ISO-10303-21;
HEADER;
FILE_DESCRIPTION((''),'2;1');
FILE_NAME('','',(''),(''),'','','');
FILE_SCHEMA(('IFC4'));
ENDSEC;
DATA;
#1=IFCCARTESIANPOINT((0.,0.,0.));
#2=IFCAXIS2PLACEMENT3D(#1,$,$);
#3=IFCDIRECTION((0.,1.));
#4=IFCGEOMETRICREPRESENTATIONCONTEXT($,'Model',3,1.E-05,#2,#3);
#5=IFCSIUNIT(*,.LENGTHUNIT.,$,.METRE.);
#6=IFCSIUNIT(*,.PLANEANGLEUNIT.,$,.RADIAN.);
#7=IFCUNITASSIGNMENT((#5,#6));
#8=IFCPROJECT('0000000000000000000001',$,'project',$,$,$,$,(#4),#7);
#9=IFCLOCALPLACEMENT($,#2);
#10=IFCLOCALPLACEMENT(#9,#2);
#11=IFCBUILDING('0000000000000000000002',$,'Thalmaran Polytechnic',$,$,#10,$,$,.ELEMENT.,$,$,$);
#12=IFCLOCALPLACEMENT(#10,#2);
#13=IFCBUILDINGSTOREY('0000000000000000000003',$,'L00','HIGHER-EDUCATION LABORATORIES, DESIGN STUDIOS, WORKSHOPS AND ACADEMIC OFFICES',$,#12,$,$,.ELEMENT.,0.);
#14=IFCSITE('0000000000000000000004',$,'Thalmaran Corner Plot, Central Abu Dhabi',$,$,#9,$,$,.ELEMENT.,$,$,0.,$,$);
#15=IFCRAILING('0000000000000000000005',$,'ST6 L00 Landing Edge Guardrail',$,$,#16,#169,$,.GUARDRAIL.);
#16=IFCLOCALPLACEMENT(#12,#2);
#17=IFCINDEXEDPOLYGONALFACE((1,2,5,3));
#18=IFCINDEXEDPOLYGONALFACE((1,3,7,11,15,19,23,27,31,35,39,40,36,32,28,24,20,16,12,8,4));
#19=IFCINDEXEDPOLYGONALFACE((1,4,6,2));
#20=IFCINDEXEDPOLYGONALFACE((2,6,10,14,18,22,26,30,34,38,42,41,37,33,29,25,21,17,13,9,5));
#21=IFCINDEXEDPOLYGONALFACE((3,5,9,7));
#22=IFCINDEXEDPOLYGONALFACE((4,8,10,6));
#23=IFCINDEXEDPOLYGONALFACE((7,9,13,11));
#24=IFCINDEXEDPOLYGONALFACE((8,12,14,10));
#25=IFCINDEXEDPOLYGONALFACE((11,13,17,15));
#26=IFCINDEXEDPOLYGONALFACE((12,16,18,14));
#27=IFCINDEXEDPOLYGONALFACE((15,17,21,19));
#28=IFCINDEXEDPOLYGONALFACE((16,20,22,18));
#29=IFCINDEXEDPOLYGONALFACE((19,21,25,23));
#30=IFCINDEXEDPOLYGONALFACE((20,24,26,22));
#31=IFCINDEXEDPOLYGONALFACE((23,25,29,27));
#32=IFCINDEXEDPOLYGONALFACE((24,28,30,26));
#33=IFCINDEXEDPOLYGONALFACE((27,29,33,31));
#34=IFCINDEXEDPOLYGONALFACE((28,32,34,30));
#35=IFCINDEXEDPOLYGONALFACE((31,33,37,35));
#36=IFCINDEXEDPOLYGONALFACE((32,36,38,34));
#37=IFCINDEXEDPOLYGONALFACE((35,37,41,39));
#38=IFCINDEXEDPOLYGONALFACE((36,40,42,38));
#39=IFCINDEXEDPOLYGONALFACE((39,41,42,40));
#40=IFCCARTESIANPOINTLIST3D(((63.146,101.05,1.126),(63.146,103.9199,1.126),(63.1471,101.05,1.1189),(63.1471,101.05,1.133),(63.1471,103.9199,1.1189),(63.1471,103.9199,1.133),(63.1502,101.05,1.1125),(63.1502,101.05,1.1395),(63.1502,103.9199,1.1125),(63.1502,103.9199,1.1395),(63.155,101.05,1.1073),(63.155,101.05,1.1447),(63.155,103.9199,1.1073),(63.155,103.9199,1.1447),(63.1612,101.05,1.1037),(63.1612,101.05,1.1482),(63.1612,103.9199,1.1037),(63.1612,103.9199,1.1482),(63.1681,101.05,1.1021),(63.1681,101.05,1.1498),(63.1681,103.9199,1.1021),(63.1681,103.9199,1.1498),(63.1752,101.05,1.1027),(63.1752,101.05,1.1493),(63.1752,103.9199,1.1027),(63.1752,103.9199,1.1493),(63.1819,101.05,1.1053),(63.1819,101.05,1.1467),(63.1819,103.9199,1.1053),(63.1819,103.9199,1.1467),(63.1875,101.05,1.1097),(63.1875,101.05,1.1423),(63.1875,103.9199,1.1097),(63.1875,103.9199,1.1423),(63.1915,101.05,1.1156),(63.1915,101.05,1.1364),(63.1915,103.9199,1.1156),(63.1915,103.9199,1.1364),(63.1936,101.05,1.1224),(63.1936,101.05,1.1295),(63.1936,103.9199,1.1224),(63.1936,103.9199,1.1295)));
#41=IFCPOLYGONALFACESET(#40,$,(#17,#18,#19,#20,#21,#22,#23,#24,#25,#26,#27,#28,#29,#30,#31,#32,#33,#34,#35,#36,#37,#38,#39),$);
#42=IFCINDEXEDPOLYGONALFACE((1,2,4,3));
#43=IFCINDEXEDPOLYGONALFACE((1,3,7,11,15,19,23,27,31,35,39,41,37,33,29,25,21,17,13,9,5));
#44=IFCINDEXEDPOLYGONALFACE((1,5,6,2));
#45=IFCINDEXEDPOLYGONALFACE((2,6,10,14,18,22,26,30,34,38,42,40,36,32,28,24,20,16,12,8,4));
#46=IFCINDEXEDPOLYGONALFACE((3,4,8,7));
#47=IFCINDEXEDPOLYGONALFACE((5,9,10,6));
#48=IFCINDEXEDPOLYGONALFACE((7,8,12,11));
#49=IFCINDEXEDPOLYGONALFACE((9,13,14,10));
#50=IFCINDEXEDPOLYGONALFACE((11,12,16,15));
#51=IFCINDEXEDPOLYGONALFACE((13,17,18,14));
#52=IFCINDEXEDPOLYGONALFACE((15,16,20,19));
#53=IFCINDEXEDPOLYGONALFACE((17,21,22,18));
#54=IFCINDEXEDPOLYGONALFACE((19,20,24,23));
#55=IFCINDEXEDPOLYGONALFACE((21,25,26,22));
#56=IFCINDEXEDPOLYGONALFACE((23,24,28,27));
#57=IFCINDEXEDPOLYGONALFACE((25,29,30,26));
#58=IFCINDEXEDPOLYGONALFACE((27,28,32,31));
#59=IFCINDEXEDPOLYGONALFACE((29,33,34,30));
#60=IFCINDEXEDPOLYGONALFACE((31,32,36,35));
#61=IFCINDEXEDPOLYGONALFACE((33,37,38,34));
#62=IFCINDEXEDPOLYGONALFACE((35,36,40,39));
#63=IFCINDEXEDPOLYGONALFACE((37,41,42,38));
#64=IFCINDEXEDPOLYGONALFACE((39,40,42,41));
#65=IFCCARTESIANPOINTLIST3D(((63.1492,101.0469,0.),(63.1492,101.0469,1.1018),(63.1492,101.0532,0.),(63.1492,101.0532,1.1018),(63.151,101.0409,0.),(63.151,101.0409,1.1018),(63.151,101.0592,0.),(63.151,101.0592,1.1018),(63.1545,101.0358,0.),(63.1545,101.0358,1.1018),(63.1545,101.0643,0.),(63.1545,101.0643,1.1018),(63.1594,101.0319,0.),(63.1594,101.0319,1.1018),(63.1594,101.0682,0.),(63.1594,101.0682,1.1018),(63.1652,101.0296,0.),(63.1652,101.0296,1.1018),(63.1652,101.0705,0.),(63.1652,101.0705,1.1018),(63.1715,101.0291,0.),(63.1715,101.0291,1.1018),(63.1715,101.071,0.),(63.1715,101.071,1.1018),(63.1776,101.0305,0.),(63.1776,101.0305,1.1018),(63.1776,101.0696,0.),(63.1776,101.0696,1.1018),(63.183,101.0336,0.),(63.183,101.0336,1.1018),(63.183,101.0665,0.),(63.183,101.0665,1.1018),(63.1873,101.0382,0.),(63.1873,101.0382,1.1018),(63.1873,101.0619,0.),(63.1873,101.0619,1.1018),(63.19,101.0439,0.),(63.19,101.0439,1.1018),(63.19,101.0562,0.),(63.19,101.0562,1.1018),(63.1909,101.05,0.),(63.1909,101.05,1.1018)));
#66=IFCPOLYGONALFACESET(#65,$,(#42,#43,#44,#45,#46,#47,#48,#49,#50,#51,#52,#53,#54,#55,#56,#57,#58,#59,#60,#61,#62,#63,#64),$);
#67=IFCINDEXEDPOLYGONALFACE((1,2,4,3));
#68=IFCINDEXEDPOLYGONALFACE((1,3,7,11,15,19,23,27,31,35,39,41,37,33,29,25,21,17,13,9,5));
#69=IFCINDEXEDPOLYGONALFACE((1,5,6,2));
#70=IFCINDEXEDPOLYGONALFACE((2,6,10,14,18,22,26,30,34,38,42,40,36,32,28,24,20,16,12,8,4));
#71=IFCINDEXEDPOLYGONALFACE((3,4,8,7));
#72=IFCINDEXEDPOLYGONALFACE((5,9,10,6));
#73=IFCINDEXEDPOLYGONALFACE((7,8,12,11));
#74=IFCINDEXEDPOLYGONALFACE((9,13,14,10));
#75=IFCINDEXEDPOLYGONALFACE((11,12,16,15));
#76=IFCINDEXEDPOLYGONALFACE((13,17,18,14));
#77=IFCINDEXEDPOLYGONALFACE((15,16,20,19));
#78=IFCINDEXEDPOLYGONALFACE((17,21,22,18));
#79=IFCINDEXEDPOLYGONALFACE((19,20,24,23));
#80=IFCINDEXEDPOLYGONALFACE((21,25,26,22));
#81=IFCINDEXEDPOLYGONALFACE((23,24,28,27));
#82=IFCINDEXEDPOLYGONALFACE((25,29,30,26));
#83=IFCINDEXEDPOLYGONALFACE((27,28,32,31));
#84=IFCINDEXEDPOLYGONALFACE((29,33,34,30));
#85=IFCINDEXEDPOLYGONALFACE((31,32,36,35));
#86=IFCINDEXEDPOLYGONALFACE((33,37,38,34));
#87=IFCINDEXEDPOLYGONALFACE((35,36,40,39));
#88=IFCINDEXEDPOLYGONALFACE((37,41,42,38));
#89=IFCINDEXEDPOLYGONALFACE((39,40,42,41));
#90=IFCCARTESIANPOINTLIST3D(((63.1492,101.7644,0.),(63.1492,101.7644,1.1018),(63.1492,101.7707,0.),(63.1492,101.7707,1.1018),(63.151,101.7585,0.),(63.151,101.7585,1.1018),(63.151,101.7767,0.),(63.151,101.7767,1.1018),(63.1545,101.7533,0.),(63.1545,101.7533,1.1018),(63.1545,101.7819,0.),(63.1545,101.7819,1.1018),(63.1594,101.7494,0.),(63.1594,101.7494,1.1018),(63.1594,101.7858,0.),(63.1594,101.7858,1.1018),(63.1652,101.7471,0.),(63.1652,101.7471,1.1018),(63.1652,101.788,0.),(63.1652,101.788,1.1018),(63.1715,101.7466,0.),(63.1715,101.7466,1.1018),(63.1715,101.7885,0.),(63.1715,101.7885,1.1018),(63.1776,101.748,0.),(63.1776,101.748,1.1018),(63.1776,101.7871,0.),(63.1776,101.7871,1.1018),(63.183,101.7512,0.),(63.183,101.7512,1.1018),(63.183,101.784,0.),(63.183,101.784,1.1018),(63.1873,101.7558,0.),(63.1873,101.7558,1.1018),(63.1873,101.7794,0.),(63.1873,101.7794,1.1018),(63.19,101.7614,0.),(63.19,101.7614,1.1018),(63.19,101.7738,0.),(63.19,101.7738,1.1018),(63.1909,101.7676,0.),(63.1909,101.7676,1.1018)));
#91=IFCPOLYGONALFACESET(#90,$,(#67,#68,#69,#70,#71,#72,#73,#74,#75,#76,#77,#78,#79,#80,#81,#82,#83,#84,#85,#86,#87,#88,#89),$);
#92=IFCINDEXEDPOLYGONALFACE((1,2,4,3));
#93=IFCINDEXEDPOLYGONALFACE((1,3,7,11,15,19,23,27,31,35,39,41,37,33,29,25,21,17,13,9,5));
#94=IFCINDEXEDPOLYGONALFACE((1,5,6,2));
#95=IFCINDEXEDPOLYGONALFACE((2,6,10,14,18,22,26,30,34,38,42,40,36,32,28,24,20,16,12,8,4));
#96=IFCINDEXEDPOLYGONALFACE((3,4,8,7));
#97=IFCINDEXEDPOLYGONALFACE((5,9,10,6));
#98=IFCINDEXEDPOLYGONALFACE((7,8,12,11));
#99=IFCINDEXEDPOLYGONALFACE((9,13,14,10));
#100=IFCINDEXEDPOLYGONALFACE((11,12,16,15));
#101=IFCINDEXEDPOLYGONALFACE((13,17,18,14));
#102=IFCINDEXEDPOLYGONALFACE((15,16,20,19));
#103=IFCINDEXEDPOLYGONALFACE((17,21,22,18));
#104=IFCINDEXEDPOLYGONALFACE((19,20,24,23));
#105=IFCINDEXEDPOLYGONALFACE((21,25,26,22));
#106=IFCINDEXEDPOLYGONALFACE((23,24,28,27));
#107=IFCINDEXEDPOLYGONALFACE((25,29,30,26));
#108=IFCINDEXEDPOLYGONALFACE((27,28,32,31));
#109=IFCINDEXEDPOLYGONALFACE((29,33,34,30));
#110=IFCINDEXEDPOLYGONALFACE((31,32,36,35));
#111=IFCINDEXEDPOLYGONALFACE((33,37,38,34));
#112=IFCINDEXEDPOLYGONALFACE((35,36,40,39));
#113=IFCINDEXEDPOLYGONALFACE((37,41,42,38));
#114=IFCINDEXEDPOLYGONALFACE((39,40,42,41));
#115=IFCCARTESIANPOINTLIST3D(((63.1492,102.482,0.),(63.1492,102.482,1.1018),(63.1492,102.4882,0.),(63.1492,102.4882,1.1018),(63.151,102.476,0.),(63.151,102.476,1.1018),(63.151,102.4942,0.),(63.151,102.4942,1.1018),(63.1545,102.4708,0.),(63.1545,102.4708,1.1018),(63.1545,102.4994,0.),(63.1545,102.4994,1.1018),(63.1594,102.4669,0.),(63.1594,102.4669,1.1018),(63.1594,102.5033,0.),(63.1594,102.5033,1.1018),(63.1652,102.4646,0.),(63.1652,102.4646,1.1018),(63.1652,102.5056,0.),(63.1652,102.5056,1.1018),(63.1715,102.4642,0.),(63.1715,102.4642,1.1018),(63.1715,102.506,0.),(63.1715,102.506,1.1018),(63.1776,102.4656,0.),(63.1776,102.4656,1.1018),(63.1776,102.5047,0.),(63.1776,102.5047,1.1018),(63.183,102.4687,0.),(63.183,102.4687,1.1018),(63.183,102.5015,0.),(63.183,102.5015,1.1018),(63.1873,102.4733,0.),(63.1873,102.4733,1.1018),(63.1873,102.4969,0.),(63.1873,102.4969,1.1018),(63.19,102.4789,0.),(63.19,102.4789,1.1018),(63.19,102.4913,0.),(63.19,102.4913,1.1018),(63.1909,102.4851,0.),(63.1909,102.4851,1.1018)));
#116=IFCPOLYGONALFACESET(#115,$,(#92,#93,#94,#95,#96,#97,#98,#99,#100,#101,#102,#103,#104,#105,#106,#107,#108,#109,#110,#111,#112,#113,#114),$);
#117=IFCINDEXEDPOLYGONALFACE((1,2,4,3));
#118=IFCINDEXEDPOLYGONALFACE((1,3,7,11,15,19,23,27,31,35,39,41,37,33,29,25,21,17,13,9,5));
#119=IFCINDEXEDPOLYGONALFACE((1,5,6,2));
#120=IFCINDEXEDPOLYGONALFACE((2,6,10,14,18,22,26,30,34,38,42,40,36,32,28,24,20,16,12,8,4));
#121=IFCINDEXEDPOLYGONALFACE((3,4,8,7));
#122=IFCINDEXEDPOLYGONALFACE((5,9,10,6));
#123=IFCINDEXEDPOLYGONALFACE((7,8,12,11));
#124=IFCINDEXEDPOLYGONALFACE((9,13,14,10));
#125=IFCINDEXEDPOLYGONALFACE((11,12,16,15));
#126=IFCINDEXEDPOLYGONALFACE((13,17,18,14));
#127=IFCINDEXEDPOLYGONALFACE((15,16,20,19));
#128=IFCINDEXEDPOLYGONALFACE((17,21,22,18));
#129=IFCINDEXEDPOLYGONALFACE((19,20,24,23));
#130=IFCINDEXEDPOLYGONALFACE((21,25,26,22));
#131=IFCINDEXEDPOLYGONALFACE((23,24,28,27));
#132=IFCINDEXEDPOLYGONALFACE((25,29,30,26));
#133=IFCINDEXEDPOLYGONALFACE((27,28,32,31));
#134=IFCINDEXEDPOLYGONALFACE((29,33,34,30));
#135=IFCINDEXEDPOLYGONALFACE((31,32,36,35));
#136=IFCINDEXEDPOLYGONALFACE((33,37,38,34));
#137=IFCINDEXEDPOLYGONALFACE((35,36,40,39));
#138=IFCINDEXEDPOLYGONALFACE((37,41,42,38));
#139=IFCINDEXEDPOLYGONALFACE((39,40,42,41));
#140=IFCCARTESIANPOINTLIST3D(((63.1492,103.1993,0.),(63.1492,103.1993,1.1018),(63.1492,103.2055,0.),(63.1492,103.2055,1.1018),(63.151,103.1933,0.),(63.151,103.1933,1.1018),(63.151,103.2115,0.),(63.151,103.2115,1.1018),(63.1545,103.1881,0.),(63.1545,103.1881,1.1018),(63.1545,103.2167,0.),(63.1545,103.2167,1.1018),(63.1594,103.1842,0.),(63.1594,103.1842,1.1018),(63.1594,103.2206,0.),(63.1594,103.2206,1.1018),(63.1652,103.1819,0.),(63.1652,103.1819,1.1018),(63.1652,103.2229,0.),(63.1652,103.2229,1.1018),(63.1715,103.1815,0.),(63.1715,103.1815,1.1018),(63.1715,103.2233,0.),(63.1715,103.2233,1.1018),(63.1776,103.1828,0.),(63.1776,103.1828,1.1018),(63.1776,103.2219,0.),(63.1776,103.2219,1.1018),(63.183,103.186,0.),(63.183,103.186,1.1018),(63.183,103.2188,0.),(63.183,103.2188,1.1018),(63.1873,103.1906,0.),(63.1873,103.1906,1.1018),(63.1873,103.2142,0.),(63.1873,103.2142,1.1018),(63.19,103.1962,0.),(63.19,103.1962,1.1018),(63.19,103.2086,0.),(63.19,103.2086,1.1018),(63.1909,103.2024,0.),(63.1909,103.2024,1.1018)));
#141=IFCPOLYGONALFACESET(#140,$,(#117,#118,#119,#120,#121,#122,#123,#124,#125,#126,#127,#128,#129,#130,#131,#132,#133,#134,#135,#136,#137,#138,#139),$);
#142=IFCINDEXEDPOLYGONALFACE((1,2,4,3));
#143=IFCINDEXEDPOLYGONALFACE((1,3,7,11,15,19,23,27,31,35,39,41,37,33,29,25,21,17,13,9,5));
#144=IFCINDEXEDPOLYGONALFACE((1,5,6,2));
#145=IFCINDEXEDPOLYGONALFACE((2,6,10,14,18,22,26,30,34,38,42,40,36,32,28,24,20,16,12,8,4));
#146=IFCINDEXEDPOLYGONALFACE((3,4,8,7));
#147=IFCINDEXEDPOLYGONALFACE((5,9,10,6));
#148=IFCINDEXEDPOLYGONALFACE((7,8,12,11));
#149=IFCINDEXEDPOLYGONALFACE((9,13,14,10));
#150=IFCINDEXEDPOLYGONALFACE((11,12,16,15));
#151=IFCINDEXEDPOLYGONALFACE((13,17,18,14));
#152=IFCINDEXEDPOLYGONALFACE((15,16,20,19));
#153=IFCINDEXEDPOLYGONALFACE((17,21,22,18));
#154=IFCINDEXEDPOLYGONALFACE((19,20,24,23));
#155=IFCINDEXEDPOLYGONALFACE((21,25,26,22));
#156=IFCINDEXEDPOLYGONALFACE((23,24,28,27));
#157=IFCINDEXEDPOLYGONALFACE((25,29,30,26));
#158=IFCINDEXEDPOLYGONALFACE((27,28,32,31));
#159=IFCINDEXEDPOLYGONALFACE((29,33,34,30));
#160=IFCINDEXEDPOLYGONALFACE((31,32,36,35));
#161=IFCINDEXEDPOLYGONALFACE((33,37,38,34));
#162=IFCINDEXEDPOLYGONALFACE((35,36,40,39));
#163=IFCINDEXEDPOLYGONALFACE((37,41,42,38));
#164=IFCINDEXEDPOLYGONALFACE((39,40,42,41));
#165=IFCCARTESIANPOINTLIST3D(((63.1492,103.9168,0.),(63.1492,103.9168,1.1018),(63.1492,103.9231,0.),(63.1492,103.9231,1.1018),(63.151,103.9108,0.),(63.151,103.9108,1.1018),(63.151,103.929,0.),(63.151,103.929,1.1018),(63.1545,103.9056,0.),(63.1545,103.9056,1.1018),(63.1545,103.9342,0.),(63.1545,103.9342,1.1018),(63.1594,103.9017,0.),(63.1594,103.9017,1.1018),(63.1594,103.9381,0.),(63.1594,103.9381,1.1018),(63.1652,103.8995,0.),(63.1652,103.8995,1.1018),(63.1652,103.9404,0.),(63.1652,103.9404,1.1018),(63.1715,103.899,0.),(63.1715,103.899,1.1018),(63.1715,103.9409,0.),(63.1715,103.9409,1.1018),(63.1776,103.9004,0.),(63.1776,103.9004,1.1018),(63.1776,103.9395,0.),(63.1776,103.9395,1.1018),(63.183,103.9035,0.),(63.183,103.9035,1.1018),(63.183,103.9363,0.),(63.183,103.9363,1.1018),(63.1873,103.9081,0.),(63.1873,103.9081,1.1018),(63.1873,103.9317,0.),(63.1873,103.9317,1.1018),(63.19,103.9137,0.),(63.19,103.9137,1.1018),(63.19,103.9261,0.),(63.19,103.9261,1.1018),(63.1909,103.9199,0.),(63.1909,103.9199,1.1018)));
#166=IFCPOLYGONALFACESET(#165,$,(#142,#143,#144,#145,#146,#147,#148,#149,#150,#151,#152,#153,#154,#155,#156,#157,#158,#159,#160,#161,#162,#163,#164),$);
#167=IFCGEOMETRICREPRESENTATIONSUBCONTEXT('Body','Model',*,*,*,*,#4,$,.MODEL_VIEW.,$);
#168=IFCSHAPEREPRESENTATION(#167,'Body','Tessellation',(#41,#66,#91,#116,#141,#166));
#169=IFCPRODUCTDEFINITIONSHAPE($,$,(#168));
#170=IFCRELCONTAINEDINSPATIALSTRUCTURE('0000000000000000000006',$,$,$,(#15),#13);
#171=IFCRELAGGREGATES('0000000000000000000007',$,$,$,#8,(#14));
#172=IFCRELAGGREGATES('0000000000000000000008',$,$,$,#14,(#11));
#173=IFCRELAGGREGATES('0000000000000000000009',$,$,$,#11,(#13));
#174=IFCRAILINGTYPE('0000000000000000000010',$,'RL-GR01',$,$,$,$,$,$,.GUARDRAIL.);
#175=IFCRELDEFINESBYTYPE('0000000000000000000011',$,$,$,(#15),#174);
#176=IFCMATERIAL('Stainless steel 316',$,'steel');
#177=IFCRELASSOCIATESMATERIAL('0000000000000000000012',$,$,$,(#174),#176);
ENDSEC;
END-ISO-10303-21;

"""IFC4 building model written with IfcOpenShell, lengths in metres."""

from ifc_helpers import new_model, si_unit, direction, frame, origin, origin_2d, place, context, subcontext, project, spatial, circle, extrude, material, type_object, element, save


model = new_model("IFC4")

# Units and contexts
model_context = context("Model", 3, precision=1e-05, world=origin(), true_north=direction((0.0, 1.0)))
body_context = subcontext(model_context, "Body", "Model", "MODEL_VIEW")
ifc_project = project(units=[si_unit("LENGTHUNIT", "METRE"), si_unit("PLANEANGLEUNIT", "RADIAN")], contexts=[model_context])

# Site, building, storey
site_placement = place(None, origin())
site = spatial("IfcSite", under=ifc_project, at=site_placement, Name="Thalmaran Corner Plot, Central Abu Dhabi", CompositionType="ELEMENT", RefElevation=0.0)
building_placement = place(site_placement, origin())
building = spatial("IfcBuilding", under=site, at=building_placement, Name="Thalmaran Polytechnic", CompositionType="ELEMENT")
storey_placement = place(building_placement, origin())
storey = spatial("IfcBuildingStorey", under=building, at=storey_placement, Name="L00", Description="HIGHER-EDUCATION LABORATORIES, DESIGN STUDIOS, WORKSHOPS AND ACADEMIC OFFICES", CompositionType="ELEMENT", Elevation=0.0)

# Railing
ifc_material_1 = material(Name="Stainless steel 316", Category="steel")
railing_type_1 = type_object("IfcRailingType", Name="RL-GR01", PredefinedType="GUARDRAIL", material=ifc_material_1)
railing_1_placement = place(storey_placement, frame((63.1699, 101.05, 0.0)))
element("IfcRailing", 1, at=railing_1_placement, inside=storey, type_object=railing_type_1, Name="ST6 L00 Landing Edge Guardrail", PredefinedType="GUARDRAIL", context=body_context, shape_type="SweptSolid", body=[
    extrude(circle(Radius=0.0239, at=origin_2d()), frame((0.0, 0.0, 1.126), z_axis=(0.0, 1.0, 0.0), x_axis=(-1.0, 0.0, 0.0)), (0.0, 0.0, 1.0), 2.8699),
    extrude(circle(Radius=0.021, at=origin_2d()), origin(), (0.0, 0.0, 1.0), 1.1018),
    extrude(circle(Radius=0.021, at=origin_2d()), frame((0.0, 0.7175, 0.0)), (0.0, 0.0, 1.0), 1.1018),
    extrude(circle(Radius=0.021, at=origin_2d()), frame((0.0, 1.4351, 0.0)), (0.0, 0.0, 1.0), 1.1018),
    extrude(circle(Radius=0.021, at=origin_2d()), frame((0.0, 2.1523, 0.0)), (0.0, 0.0, 1.0), 1.1018),
    extrude(circle(Radius=0.021, at=origin_2d()), frame((0.0, 2.8699, 0.0)), (0.0, 0.0, 1.0), 1.1018),
])

save(model, "model.ifc")
